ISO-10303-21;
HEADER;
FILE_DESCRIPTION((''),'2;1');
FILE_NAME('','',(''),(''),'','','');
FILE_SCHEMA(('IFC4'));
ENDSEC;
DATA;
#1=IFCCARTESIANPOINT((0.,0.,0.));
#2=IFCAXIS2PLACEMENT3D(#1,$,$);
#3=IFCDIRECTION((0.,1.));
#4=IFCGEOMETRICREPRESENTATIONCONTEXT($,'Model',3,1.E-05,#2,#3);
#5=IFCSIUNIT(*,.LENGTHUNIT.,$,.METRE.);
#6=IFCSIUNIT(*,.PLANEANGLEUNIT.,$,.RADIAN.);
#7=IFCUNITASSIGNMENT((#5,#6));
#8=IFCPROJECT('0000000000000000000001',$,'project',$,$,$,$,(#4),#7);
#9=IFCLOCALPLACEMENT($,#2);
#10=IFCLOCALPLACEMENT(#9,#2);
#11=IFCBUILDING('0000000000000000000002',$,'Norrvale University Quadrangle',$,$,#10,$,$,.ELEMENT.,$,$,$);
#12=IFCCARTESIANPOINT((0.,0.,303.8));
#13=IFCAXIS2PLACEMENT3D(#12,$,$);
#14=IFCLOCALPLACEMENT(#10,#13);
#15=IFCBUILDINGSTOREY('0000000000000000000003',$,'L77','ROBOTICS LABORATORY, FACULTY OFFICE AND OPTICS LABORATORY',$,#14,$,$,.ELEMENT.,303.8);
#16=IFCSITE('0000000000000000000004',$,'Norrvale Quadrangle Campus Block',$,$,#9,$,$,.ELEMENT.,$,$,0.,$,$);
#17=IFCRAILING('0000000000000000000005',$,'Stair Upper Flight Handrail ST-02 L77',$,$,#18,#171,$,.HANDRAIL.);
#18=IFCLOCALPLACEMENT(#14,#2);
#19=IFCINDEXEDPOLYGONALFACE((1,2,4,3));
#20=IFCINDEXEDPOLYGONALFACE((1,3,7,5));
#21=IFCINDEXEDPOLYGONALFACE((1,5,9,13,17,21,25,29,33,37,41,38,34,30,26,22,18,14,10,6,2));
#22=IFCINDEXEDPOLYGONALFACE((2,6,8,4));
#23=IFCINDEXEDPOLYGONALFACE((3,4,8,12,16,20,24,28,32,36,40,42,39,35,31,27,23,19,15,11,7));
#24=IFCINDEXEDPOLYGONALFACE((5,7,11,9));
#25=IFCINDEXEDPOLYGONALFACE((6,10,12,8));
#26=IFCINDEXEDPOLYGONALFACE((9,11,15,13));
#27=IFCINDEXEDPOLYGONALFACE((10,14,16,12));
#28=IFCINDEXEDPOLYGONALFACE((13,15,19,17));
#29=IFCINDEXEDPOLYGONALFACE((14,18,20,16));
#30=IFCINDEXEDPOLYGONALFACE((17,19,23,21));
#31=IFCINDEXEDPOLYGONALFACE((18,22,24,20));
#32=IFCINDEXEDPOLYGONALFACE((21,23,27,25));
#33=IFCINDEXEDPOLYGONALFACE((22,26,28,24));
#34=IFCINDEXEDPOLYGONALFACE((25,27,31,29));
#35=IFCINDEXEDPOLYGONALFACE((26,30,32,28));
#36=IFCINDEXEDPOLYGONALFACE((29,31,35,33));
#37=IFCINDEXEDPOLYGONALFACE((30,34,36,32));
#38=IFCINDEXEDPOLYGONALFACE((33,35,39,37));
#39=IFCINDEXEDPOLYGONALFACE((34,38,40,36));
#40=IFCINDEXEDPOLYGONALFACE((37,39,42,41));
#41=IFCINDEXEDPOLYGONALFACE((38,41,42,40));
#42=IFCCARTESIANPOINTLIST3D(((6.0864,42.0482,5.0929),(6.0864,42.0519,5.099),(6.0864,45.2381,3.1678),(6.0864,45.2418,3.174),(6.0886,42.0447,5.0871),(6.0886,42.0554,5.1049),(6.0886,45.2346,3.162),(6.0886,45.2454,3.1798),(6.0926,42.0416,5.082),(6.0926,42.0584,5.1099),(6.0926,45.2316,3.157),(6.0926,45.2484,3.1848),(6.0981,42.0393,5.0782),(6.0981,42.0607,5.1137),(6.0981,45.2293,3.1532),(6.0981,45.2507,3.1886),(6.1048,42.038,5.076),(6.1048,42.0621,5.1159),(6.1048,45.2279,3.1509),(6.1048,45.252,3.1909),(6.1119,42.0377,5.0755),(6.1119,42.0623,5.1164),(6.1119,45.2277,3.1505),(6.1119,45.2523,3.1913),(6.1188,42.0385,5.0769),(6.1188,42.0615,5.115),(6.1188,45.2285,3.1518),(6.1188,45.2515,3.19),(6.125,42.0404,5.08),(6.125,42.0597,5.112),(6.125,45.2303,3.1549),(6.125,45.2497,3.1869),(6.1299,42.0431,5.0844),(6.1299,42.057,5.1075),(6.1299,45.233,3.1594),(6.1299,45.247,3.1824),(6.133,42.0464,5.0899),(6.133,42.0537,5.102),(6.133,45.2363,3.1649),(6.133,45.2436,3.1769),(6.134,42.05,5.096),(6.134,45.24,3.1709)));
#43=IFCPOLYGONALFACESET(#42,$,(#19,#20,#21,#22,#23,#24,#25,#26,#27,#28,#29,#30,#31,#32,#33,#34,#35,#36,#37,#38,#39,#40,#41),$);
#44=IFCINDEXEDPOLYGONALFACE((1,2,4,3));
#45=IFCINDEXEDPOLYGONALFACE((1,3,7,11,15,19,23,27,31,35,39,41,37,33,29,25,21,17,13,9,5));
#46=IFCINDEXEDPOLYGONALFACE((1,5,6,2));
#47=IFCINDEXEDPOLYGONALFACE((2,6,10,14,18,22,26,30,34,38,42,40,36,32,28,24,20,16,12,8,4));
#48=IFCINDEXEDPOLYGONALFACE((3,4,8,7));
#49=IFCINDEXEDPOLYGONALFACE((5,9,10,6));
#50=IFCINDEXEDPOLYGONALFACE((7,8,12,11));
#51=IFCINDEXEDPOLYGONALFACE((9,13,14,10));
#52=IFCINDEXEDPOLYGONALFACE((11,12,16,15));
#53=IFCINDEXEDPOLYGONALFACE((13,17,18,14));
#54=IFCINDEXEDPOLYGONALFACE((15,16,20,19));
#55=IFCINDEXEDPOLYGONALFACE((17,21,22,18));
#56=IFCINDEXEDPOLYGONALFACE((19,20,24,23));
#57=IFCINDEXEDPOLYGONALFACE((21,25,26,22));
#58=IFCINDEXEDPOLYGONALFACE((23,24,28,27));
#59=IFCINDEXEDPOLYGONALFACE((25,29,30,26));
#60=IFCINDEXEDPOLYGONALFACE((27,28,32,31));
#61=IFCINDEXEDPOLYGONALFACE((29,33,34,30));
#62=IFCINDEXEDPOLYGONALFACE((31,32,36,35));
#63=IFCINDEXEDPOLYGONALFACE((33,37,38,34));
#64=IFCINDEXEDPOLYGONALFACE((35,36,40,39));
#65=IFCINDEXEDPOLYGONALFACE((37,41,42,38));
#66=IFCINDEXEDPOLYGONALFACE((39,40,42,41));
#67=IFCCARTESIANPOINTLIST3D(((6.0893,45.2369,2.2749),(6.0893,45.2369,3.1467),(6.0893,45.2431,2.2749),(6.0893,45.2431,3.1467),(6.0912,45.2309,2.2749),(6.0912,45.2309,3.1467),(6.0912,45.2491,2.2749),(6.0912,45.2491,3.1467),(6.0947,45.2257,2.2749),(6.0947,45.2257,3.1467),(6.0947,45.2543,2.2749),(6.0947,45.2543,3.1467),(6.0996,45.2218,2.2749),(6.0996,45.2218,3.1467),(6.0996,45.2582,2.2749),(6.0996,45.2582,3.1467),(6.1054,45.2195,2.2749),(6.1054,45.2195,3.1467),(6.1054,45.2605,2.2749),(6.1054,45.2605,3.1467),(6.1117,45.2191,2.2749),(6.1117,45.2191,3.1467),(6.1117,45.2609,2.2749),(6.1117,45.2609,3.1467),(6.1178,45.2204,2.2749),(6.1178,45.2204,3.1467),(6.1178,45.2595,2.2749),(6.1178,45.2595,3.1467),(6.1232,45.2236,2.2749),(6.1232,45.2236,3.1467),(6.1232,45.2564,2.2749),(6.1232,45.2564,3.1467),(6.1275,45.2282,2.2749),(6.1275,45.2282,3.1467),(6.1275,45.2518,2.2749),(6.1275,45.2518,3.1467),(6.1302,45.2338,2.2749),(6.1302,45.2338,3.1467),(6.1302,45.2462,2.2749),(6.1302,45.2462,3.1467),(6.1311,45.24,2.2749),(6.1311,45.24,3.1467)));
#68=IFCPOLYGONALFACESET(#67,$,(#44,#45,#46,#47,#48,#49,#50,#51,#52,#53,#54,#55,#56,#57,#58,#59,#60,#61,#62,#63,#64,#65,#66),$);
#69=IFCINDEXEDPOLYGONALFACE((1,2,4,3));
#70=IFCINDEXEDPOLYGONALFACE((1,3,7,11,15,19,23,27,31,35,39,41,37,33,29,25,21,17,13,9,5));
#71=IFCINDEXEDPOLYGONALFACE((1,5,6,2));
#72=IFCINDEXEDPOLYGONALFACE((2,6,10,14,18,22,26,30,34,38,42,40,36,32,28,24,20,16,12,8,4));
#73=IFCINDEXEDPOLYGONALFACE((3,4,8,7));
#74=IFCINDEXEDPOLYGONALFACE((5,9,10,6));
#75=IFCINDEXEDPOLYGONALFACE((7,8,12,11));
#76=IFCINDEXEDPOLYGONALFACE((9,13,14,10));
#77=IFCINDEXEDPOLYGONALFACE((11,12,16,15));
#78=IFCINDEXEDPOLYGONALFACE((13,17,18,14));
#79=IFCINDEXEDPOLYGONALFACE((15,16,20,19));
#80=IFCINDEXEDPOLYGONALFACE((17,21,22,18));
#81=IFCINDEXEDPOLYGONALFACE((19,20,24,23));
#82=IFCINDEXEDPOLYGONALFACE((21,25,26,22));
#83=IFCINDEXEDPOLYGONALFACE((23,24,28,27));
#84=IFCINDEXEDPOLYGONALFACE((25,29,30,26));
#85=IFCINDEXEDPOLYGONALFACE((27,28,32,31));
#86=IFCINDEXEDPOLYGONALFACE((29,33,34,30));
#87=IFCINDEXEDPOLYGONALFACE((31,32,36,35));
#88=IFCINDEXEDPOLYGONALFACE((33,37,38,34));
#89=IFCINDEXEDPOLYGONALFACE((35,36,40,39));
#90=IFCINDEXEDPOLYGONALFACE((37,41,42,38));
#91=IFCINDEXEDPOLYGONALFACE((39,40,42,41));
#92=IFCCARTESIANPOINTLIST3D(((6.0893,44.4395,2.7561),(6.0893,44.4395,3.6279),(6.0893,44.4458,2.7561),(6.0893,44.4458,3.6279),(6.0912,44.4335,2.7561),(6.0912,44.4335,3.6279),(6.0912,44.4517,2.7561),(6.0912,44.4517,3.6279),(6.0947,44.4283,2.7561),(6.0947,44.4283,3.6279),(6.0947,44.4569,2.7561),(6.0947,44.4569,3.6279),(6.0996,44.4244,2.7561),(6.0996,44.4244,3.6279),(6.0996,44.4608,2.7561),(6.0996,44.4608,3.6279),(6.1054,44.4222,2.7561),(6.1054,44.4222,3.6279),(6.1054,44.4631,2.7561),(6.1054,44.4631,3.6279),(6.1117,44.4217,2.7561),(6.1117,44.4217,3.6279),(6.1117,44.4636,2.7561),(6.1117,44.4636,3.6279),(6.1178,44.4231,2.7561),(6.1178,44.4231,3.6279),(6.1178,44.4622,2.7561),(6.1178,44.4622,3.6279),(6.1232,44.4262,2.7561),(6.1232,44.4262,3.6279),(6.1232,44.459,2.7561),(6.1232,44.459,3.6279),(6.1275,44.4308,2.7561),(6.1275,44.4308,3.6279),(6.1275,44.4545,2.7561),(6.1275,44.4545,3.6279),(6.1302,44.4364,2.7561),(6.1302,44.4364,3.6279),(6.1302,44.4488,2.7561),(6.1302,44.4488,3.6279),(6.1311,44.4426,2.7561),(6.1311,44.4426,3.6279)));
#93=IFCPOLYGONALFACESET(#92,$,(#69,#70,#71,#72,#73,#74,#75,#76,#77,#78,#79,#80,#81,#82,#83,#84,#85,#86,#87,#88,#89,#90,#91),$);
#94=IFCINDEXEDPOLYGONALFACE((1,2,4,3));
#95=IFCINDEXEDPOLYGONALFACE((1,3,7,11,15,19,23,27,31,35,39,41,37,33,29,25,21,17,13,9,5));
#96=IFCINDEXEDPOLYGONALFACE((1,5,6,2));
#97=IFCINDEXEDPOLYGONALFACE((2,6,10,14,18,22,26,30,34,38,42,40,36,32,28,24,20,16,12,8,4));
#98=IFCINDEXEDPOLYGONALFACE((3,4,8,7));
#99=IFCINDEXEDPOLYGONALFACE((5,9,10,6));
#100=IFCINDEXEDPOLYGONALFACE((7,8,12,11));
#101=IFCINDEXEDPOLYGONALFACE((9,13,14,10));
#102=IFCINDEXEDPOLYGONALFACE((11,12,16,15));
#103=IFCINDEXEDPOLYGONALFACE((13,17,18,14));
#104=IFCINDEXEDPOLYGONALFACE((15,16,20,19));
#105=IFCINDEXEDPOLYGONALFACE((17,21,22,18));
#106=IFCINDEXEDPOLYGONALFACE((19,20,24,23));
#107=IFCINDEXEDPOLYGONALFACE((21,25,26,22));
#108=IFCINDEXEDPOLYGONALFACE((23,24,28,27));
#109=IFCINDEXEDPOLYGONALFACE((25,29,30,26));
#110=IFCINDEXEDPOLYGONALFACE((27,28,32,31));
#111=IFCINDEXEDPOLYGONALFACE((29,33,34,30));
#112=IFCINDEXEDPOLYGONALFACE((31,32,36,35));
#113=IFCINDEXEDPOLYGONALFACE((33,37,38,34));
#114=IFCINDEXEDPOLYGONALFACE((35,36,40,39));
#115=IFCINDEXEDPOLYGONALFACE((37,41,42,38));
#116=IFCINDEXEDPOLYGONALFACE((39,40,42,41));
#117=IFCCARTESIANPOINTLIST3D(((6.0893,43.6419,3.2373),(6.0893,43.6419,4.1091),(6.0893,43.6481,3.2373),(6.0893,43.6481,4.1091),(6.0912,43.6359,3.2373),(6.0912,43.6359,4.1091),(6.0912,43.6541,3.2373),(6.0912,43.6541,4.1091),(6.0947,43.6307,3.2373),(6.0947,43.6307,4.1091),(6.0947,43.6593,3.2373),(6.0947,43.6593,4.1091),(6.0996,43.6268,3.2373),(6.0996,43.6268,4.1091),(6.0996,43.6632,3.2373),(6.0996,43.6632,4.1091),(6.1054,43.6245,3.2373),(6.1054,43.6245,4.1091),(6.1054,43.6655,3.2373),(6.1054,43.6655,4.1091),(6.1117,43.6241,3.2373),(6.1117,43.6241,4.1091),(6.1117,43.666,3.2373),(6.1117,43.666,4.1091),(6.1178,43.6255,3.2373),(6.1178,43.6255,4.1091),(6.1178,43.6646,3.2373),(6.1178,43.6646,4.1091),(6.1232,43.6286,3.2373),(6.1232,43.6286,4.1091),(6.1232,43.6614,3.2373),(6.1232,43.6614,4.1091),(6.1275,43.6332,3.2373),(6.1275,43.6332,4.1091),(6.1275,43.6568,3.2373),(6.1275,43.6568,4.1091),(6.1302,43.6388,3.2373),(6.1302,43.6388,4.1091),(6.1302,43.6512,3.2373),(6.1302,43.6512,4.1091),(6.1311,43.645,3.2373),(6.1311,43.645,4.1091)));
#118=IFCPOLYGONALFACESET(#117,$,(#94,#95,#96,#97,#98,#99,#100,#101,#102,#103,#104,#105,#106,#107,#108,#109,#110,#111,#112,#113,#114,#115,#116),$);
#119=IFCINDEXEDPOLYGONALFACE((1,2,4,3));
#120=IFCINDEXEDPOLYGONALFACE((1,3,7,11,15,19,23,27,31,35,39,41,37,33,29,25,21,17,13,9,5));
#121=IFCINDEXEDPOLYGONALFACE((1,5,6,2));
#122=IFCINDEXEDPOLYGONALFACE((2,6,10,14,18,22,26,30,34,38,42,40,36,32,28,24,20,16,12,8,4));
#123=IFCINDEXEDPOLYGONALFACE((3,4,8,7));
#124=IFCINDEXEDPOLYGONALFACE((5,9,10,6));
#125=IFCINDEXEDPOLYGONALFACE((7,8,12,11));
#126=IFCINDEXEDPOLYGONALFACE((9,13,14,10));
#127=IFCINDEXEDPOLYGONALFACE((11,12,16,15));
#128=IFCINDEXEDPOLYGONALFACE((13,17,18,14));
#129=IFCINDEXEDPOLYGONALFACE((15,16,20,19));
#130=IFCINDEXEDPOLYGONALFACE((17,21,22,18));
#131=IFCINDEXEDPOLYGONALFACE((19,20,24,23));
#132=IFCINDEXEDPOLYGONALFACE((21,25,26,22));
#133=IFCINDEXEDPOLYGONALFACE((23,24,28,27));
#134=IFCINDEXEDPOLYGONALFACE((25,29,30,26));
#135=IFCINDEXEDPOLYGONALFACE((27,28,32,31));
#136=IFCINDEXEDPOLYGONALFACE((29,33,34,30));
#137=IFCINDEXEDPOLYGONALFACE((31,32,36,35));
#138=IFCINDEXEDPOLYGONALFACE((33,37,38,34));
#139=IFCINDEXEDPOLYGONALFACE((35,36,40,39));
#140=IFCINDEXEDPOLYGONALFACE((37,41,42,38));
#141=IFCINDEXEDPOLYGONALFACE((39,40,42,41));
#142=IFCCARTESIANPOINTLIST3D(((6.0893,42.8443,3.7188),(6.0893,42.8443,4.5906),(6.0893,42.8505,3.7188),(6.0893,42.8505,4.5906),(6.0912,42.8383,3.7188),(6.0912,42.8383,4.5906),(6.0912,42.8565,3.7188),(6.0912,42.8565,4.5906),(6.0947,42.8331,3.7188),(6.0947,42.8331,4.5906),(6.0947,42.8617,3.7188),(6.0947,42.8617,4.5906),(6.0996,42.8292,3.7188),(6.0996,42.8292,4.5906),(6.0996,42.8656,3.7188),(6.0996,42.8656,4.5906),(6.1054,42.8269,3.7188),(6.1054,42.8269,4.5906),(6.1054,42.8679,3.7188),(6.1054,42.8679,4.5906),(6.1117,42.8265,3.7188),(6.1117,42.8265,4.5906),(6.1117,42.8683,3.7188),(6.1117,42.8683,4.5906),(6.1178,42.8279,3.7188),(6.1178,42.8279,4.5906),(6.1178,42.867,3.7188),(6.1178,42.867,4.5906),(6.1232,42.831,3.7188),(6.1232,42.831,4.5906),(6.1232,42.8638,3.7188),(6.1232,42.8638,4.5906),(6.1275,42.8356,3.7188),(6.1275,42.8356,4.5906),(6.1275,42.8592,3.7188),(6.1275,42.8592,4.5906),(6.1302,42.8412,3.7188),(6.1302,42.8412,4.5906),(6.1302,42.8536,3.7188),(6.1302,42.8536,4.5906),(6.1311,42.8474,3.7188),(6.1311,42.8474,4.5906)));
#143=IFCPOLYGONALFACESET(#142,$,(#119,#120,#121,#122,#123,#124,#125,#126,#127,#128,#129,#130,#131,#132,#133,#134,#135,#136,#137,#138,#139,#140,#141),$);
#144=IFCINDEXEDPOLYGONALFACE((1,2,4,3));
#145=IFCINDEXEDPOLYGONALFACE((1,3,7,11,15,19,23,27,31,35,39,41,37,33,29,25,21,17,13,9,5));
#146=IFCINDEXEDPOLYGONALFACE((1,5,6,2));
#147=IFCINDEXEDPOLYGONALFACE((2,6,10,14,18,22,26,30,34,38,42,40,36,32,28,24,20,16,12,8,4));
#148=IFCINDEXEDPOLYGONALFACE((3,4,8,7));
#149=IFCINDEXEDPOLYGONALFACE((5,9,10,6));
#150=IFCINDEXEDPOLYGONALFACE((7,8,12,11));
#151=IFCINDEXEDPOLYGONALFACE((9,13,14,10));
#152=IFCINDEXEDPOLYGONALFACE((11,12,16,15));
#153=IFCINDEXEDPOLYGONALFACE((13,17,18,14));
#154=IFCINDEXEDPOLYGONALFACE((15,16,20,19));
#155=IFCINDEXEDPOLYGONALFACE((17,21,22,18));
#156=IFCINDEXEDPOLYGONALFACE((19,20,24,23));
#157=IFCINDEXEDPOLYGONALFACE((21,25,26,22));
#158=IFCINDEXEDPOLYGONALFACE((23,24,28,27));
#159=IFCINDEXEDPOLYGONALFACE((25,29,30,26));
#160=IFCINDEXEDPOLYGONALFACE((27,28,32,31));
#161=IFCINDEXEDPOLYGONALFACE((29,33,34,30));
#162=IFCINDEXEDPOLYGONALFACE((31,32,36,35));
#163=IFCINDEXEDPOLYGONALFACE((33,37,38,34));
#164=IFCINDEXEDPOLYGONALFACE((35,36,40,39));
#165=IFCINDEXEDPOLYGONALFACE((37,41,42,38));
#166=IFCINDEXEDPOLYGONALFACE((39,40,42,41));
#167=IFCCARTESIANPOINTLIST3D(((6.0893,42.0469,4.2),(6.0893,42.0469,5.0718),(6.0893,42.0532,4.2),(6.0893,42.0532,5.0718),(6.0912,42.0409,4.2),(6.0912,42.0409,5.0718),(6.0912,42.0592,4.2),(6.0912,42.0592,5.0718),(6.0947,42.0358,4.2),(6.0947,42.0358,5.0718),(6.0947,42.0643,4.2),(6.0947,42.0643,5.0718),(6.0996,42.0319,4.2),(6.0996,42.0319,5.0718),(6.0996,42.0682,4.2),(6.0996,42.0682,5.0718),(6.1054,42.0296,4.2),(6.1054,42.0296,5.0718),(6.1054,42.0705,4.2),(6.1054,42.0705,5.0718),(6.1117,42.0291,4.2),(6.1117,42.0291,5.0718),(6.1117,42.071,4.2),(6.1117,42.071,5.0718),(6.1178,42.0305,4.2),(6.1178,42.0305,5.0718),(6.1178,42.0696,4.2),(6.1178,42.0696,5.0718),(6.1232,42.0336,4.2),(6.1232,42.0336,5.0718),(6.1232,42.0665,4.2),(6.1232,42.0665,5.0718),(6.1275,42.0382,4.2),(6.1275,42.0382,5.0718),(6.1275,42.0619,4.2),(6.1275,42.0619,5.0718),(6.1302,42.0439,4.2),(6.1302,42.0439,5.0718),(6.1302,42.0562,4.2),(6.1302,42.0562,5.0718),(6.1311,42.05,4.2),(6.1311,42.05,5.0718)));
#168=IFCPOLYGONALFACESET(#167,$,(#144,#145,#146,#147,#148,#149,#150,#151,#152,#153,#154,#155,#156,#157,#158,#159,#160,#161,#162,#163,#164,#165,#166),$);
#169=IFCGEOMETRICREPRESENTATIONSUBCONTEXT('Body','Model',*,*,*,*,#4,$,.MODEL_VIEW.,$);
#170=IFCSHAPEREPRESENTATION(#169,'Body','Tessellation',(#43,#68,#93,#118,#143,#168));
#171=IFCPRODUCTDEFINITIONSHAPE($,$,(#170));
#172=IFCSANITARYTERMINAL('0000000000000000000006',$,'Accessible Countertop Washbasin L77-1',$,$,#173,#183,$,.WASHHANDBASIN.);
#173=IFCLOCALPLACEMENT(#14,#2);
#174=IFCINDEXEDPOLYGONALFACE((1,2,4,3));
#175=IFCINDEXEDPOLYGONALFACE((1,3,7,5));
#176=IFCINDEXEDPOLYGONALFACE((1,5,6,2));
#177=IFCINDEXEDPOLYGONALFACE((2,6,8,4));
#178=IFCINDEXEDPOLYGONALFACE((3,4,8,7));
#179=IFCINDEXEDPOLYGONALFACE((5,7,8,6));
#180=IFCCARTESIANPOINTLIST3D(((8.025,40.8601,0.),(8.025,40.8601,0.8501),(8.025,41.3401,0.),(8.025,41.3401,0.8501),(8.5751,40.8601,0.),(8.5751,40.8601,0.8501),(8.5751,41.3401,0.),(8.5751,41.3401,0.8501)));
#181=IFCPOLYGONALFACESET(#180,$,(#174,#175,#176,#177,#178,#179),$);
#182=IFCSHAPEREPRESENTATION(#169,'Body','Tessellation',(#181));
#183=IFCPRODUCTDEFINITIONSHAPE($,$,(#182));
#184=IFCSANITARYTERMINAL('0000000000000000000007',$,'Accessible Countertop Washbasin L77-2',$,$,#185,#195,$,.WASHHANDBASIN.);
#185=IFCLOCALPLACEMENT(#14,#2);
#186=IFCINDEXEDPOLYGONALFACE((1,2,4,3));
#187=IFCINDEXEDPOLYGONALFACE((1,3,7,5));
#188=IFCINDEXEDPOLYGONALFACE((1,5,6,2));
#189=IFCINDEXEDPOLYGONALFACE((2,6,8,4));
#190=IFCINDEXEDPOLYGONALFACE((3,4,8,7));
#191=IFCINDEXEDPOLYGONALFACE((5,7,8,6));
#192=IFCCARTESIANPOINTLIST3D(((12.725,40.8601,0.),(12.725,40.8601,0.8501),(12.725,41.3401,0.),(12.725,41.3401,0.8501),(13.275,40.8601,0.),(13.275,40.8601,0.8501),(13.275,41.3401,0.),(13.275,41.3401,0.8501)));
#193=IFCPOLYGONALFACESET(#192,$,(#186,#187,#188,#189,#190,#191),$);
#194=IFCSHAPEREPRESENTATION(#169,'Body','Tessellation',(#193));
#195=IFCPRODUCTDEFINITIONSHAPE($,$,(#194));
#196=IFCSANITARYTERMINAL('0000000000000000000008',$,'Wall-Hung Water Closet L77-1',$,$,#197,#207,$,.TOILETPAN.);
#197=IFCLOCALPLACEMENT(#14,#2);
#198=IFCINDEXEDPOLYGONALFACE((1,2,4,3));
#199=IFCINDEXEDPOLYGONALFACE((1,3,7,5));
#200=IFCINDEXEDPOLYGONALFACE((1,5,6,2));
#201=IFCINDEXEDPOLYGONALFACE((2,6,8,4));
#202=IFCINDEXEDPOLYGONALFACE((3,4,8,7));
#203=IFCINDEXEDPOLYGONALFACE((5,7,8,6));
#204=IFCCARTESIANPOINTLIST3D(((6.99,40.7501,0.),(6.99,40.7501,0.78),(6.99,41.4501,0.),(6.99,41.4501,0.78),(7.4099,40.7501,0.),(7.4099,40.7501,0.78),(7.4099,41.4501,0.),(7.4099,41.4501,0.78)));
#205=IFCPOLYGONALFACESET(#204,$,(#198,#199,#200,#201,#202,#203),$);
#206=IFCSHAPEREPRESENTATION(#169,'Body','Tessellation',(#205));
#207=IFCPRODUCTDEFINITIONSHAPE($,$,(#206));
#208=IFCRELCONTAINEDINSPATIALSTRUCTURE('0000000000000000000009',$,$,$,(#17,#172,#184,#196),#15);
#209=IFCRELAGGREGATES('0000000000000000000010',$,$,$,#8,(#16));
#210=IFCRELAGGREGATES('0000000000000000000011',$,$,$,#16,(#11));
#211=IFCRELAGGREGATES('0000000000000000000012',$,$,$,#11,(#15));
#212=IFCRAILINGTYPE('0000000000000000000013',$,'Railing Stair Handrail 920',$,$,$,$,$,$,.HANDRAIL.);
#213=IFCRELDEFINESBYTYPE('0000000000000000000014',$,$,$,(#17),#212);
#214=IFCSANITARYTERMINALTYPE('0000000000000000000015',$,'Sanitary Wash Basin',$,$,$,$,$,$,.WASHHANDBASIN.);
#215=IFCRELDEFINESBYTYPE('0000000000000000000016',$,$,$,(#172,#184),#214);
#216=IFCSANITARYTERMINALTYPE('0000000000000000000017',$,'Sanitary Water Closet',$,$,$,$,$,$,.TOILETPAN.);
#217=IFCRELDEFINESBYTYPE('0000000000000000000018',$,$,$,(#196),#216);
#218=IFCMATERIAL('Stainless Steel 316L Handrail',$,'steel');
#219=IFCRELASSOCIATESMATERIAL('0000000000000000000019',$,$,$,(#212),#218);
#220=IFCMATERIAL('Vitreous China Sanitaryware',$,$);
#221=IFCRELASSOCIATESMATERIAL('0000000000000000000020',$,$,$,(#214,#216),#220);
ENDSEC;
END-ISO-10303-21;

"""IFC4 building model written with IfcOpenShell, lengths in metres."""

from ifc_helpers import new_model, si_unit, direction, frame, origin, origin_2d, place, context, subcontext, project, spatial, rectangle, circle, extrude, material, type_object, element, save


model = new_model("IFC4")

# Units and contexts
model_context = context("Model", 3, precision=1e-05, world=origin(), true_north=direction((0.0, 1.0)))
body_context = subcontext(model_context, "Body", "Model", "MODEL_VIEW")
ifc_project = project(units=[si_unit("LENGTHUNIT", "METRE"), si_unit("PLANEANGLEUNIT", "RADIAN")], contexts=[model_context])

# Site, building, storey
site_placement = place(None, origin())
site = spatial("IfcSite", under=ifc_project, at=site_placement, Name="Norrvale Quadrangle Campus Block", CompositionType="ELEMENT", RefElevation=0.0)
building_placement = place(site_placement, origin())
building = spatial("IfcBuilding", under=site, at=building_placement, Name="Norrvale University Quadrangle", CompositionType="ELEMENT")
storey_placement = place(building_placement, frame((0.0, 0.0, 303.8)))
storey = spatial("IfcBuildingStorey", under=building, at=storey_placement, Name="L77", Description="ROBOTICS LABORATORY, FACULTY OFFICE AND OPTICS LABORATORY", CompositionType="ELEMENT", Elevation=303.8)

# Railing
ifc_material_1 = material(Name="Stainless Steel 316L Handrail", Category="steel")
railing_type_1 = type_object("IfcRailingType", Name="Railing Stair Handrail 920", PredefinedType="HANDRAIL", material=ifc_material_1)
railing_1_placement = place(storey_placement, frame((6.1101, 45.24, 2.2749)))
element("IfcRailing", 1, at=railing_1_placement, inside=storey, type_object=railing_type_1, Name="Stair Upper Flight Handrail ST-02 L77", PredefinedType="HANDRAIL", context=body_context, shape_type="SweptSolid", body=[
    extrude(circle(Radius=0.0239, at=origin_2d()), frame((0.0, 0.0, 0.896), z_axis=(0.0, -0.856178, 0.516682), x_axis=(1.0, 0.0, 0.0)), (0.0, 0.0, 1.0), 3.7258),
    extrude(circle(Radius=0.021, at=origin_2d()), origin(), (0.0, 0.0, 1.0), 0.8718),
    extrude(circle(Radius=0.021, at=origin_2d()), frame((0.0, -0.7974, 0.4812)), (0.0, 0.0, 1.0), 0.8718),
    extrude(circle(Radius=0.021, at=origin_2d()), frame((0.0, -1.595, 0.9624)), (0.0, 0.0, 1.0), 0.8718),
    extrude(circle(Radius=0.021, at=origin_2d()), frame((0.0, -2.3926, 1.4438)), (0.0, 0.0, 1.0), 0.8718),
    extrude(circle(Radius=0.021, at=origin_2d()), frame((0.0, -3.1899, 1.925)), (0.0, 0.0, 1.0), 0.8718),
])

# Sanitary terminals
ifc_material_2 = material(Name="Vitreous China Sanitaryware")
sanitary_terminal_type_1 = type_object("IfcSanitaryTerminalType", Name="Sanitary Wash Basin", PredefinedType="WASHHANDBASIN", material=ifc_material_2)
for number, where, z_axis, x_axis, name in (
    (2, (8.3, 41.1001, 0.0), (0.0, 0.0, 1.0), (1.0, 0.0, 0.0), "Accessible Countertop Washbasin L77-1"),
    (3, (13.0, 41.1001, 0.0), (0.0, 0.0, 1.0), (1.0, 0.0, 0.0), "Accessible Countertop Washbasin L77-2"),
):
    element("IfcSanitaryTerminal", number, at=place(storey_placement, frame(where, z_axis=z_axis, x_axis=x_axis)), inside=storey, type_object=sanitary_terminal_type_1, Name=name, PredefinedType="WASHHANDBASIN", context=body_context, shape_type="SweptSolid", body=[
        extrude(rectangle(XDim=0.55, YDim=0.48, at=origin_2d()), origin(), (0.0, 0.0, 1.0), 0.8501),
    ])
sanitary_terminal_type_2 = type_object("IfcSanitaryTerminalType", Name="Sanitary Water Closet", PredefinedType="TOILETPAN", material=ifc_material_2)
for number, where, z_axis, x_axis, name in (
    (4, (7.2, 41.1001, 0.0), (0.0, 0.0, 1.0), (1.0, 0.0, 0.0), "Wall-Hung Water Closet L77-1"),
):
    element("IfcSanitaryTerminal", number, at=place(storey_placement, frame(where, z_axis=z_axis, x_axis=x_axis)), inside=storey, type_object=sanitary_terminal_type_2, Name=name, PredefinedType="TOILETPAN", context=body_context, shape_type="SweptSolid", body=[
        extrude(rectangle(XDim=0.4199, YDim=0.7, at=origin_2d()), origin(), (0.0, 0.0, 1.0), 0.78),
    ])

save(model, "model.ifc")
